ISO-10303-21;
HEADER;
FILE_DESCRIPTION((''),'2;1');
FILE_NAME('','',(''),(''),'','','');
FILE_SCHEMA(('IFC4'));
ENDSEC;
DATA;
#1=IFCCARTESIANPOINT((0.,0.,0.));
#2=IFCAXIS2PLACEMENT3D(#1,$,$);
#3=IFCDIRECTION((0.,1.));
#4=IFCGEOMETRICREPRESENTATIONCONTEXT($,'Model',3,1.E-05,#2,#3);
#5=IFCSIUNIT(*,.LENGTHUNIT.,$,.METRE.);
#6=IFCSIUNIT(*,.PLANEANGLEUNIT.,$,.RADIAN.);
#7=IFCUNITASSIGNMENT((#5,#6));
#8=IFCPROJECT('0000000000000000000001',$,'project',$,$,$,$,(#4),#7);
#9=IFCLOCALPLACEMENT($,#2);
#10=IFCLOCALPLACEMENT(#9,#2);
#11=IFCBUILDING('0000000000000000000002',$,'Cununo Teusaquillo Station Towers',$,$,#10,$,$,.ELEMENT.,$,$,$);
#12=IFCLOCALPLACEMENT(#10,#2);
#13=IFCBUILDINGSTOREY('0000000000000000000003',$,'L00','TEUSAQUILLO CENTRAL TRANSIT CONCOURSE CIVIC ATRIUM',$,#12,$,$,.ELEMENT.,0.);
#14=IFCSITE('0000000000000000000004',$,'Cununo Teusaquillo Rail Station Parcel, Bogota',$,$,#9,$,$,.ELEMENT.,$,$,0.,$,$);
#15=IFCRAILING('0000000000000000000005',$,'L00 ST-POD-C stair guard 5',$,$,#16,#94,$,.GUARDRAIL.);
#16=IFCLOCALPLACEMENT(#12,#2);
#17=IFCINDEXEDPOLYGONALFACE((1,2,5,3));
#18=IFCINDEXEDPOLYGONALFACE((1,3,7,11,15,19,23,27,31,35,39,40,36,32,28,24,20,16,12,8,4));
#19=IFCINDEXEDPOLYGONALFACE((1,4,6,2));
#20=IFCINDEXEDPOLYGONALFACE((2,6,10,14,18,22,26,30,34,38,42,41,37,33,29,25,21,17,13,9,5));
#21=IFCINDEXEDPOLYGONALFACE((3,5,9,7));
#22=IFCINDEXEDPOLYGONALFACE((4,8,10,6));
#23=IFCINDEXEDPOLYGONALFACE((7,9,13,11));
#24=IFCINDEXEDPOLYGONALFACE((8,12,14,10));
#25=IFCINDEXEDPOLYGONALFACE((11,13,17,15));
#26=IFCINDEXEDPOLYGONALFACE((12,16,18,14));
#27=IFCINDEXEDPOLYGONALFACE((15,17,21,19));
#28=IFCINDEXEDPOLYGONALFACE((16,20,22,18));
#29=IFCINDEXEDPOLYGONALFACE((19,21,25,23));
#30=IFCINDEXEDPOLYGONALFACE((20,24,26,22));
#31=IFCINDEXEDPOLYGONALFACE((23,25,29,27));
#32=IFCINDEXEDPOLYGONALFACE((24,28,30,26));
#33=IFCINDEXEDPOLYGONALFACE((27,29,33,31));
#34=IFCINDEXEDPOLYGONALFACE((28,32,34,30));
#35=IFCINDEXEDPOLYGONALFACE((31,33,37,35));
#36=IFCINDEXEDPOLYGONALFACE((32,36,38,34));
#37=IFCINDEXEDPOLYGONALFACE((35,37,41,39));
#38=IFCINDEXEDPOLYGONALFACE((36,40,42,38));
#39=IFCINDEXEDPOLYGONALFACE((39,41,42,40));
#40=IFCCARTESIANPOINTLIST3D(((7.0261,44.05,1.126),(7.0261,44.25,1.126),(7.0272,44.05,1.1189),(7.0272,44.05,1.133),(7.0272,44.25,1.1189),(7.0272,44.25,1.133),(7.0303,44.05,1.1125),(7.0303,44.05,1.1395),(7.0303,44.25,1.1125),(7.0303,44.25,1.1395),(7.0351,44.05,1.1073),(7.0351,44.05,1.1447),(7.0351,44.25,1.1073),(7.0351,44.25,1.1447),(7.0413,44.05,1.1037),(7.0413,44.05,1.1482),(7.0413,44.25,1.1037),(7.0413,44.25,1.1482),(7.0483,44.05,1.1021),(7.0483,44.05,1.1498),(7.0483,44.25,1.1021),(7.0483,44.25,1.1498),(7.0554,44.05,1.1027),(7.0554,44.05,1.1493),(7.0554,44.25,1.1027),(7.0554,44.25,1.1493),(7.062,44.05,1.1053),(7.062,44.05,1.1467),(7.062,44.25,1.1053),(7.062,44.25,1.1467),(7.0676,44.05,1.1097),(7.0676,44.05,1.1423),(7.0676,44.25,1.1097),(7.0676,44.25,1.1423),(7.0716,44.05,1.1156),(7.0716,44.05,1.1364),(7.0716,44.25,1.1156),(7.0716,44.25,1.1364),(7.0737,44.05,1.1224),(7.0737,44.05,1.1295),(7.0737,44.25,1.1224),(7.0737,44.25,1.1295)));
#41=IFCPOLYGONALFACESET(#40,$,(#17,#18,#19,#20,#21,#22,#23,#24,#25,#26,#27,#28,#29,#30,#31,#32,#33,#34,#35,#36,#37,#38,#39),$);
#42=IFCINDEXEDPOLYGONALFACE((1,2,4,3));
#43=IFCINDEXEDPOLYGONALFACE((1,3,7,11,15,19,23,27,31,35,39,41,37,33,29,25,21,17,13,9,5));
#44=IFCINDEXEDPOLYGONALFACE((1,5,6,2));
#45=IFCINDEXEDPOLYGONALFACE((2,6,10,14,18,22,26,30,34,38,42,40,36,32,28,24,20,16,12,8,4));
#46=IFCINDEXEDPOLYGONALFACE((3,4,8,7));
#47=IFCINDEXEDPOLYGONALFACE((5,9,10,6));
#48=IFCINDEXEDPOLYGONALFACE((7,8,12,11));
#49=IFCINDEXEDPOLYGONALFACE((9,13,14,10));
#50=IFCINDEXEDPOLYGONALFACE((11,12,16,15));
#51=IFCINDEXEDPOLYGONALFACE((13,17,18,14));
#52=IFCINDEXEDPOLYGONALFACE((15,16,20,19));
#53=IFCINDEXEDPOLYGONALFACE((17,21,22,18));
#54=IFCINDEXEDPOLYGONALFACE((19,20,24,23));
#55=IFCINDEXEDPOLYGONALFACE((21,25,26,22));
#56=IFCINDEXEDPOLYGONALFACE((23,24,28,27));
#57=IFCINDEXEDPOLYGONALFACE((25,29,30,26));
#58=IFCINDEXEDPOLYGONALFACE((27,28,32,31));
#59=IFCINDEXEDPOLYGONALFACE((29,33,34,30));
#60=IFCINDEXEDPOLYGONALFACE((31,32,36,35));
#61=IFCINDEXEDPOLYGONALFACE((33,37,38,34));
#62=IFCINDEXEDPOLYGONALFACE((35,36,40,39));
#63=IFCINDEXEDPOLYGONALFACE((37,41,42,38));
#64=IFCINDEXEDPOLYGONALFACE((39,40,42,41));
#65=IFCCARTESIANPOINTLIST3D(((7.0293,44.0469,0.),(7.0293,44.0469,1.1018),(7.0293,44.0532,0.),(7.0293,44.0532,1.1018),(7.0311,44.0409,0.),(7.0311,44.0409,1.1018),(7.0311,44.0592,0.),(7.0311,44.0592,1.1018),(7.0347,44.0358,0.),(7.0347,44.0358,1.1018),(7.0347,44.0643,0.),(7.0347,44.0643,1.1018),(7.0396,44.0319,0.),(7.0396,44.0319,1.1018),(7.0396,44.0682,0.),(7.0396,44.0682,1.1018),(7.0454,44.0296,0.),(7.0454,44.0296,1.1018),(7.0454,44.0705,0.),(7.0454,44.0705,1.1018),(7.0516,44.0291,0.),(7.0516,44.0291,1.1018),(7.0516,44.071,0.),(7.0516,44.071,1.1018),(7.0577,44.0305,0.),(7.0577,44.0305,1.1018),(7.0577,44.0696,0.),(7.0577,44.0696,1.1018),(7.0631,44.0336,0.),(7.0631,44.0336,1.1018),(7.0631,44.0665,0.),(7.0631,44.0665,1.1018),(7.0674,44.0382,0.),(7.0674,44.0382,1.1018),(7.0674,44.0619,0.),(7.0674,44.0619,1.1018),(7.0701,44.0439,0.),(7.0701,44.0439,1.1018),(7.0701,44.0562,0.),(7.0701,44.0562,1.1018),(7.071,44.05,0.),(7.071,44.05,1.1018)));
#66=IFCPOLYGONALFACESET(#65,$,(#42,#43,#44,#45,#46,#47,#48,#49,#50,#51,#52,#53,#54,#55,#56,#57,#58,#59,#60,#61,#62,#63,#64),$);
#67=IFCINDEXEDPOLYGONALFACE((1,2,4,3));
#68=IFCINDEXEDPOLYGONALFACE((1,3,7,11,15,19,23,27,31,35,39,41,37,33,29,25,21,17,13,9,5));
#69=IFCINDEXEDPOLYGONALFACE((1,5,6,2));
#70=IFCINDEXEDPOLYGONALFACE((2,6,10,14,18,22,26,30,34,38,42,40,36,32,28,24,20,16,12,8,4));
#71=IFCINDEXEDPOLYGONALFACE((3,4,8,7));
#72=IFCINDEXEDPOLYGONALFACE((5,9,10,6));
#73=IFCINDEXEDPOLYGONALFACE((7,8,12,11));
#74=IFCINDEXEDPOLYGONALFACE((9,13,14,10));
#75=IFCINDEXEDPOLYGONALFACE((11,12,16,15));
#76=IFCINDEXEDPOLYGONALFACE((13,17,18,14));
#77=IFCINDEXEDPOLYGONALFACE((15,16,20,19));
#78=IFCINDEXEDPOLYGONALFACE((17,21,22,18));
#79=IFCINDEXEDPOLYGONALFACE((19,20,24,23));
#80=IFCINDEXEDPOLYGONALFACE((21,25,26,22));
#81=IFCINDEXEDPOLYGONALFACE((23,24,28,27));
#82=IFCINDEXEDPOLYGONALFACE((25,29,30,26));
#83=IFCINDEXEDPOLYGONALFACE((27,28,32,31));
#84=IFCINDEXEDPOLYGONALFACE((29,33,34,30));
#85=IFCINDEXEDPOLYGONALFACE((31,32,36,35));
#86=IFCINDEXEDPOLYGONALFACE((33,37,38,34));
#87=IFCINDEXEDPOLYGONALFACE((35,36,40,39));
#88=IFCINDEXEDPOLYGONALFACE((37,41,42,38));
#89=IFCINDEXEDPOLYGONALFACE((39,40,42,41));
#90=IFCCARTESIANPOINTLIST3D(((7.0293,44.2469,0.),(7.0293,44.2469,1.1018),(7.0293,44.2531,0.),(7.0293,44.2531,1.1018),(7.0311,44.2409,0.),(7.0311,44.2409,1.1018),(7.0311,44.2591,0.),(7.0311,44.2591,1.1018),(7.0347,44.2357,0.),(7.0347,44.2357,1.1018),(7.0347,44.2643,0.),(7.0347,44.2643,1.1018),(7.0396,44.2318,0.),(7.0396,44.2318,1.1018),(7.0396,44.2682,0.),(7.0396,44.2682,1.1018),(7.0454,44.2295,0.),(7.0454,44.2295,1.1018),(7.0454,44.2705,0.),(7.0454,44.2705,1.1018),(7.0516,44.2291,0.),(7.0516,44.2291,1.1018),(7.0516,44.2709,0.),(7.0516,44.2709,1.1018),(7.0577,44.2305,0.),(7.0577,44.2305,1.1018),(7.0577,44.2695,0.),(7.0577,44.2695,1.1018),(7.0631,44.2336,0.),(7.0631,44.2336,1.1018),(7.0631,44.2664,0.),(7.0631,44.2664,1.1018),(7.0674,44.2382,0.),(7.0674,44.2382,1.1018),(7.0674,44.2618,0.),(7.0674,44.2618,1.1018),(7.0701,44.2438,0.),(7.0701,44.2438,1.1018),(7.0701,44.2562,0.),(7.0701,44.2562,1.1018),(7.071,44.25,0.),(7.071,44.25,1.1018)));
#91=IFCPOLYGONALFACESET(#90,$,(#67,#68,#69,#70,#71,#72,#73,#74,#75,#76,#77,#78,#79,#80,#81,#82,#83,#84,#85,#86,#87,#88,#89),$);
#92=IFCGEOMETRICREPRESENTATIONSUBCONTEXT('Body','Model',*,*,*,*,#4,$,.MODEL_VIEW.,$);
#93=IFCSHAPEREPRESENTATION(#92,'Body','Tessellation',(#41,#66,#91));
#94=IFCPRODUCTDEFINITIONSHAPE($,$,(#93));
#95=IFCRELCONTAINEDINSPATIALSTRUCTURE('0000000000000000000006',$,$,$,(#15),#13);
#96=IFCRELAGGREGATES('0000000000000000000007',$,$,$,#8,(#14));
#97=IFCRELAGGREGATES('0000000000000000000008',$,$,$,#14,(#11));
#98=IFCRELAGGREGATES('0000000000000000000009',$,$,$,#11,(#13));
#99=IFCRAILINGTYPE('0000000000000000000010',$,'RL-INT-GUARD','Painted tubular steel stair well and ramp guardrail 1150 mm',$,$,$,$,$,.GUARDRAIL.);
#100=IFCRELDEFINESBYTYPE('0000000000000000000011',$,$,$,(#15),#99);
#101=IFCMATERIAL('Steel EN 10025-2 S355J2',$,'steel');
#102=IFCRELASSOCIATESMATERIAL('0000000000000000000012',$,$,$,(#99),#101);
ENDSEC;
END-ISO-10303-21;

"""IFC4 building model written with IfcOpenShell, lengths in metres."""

from ifc_helpers import new_model, si_unit, direction, frame, origin, origin_2d, place, context, subcontext, project, spatial, circle, extrude, material, type_object, element, save


model = new_model("IFC4")

# Units and contexts
model_context = context("Model", 3, precision=1e-05, world=origin(), true_north=direction((0.0, 1.0)))
body_context = subcontext(model_context, "Body", "Model", "MODEL_VIEW")
ifc_project = project(units=[si_unit("LENGTHUNIT", "METRE"), si_unit("PLANEANGLEUNIT", "RADIAN")], contexts=[model_context])

# Site, building, storey
site_placement = place(None, origin())
site = spatial("IfcSite", under=ifc_project, at=site_placement, Name="Cununo Teusaquillo Rail Station Parcel, Bogota", CompositionType="ELEMENT", RefElevation=0.0)
building_placement = place(site_placement, origin())
building = spatial("IfcBuilding", under=site, at=building_placement, Name="Cununo Teusaquillo Station Towers", CompositionType="ELEMENT")
storey_placement = place(building_placement, origin())
storey = spatial("IfcBuildingStorey", under=building, at=storey_placement, Name="L00", Description="TEUSAQUILLO CENTRAL TRANSIT CONCOURSE CIVIC ATRIUM", CompositionType="ELEMENT", Elevation=0.0)

# Railing
ifc_material_1 = material(Name="Steel EN 10025-2 S355J2", Category="steel")
railing_type_1 = type_object("IfcRailingType", Name="RL-INT-GUARD", Description="Painted tubular steel stair well and ramp guardrail 1150 mm", PredefinedType="GUARDRAIL", material=ifc_material_1)
railing_1_placement = place(storey_placement, frame((7.05, 44.05, 0.0)))
element("IfcRailing", 1, at=railing_1_placement, inside=storey, type_object=railing_type_1, Name="L00 ST-POD-C stair guard 5", PredefinedType="GUARDRAIL", context=body_context, shape_type="SweptSolid", body=[
    extrude(circle(Radius=0.0239, at=origin_2d()), frame((0.0, 0.0, 1.126), z_axis=(0.0, 1.0, 0.0), x_axis=(-1.0, 0.0, 0.0)), (0.0, 0.0, 1.0), 0.2),
    extrude(circle(Radius=0.021, at=origin_2d()), origin(), (0.0, 0.0, 1.0), 1.1018),
    extrude(circle(Radius=0.021, at=origin_2d()), frame((0.0, 0.2, 0.0)), (0.0, 0.0, 1.0), 1.1018),
])

save(model, "model.ifc")
